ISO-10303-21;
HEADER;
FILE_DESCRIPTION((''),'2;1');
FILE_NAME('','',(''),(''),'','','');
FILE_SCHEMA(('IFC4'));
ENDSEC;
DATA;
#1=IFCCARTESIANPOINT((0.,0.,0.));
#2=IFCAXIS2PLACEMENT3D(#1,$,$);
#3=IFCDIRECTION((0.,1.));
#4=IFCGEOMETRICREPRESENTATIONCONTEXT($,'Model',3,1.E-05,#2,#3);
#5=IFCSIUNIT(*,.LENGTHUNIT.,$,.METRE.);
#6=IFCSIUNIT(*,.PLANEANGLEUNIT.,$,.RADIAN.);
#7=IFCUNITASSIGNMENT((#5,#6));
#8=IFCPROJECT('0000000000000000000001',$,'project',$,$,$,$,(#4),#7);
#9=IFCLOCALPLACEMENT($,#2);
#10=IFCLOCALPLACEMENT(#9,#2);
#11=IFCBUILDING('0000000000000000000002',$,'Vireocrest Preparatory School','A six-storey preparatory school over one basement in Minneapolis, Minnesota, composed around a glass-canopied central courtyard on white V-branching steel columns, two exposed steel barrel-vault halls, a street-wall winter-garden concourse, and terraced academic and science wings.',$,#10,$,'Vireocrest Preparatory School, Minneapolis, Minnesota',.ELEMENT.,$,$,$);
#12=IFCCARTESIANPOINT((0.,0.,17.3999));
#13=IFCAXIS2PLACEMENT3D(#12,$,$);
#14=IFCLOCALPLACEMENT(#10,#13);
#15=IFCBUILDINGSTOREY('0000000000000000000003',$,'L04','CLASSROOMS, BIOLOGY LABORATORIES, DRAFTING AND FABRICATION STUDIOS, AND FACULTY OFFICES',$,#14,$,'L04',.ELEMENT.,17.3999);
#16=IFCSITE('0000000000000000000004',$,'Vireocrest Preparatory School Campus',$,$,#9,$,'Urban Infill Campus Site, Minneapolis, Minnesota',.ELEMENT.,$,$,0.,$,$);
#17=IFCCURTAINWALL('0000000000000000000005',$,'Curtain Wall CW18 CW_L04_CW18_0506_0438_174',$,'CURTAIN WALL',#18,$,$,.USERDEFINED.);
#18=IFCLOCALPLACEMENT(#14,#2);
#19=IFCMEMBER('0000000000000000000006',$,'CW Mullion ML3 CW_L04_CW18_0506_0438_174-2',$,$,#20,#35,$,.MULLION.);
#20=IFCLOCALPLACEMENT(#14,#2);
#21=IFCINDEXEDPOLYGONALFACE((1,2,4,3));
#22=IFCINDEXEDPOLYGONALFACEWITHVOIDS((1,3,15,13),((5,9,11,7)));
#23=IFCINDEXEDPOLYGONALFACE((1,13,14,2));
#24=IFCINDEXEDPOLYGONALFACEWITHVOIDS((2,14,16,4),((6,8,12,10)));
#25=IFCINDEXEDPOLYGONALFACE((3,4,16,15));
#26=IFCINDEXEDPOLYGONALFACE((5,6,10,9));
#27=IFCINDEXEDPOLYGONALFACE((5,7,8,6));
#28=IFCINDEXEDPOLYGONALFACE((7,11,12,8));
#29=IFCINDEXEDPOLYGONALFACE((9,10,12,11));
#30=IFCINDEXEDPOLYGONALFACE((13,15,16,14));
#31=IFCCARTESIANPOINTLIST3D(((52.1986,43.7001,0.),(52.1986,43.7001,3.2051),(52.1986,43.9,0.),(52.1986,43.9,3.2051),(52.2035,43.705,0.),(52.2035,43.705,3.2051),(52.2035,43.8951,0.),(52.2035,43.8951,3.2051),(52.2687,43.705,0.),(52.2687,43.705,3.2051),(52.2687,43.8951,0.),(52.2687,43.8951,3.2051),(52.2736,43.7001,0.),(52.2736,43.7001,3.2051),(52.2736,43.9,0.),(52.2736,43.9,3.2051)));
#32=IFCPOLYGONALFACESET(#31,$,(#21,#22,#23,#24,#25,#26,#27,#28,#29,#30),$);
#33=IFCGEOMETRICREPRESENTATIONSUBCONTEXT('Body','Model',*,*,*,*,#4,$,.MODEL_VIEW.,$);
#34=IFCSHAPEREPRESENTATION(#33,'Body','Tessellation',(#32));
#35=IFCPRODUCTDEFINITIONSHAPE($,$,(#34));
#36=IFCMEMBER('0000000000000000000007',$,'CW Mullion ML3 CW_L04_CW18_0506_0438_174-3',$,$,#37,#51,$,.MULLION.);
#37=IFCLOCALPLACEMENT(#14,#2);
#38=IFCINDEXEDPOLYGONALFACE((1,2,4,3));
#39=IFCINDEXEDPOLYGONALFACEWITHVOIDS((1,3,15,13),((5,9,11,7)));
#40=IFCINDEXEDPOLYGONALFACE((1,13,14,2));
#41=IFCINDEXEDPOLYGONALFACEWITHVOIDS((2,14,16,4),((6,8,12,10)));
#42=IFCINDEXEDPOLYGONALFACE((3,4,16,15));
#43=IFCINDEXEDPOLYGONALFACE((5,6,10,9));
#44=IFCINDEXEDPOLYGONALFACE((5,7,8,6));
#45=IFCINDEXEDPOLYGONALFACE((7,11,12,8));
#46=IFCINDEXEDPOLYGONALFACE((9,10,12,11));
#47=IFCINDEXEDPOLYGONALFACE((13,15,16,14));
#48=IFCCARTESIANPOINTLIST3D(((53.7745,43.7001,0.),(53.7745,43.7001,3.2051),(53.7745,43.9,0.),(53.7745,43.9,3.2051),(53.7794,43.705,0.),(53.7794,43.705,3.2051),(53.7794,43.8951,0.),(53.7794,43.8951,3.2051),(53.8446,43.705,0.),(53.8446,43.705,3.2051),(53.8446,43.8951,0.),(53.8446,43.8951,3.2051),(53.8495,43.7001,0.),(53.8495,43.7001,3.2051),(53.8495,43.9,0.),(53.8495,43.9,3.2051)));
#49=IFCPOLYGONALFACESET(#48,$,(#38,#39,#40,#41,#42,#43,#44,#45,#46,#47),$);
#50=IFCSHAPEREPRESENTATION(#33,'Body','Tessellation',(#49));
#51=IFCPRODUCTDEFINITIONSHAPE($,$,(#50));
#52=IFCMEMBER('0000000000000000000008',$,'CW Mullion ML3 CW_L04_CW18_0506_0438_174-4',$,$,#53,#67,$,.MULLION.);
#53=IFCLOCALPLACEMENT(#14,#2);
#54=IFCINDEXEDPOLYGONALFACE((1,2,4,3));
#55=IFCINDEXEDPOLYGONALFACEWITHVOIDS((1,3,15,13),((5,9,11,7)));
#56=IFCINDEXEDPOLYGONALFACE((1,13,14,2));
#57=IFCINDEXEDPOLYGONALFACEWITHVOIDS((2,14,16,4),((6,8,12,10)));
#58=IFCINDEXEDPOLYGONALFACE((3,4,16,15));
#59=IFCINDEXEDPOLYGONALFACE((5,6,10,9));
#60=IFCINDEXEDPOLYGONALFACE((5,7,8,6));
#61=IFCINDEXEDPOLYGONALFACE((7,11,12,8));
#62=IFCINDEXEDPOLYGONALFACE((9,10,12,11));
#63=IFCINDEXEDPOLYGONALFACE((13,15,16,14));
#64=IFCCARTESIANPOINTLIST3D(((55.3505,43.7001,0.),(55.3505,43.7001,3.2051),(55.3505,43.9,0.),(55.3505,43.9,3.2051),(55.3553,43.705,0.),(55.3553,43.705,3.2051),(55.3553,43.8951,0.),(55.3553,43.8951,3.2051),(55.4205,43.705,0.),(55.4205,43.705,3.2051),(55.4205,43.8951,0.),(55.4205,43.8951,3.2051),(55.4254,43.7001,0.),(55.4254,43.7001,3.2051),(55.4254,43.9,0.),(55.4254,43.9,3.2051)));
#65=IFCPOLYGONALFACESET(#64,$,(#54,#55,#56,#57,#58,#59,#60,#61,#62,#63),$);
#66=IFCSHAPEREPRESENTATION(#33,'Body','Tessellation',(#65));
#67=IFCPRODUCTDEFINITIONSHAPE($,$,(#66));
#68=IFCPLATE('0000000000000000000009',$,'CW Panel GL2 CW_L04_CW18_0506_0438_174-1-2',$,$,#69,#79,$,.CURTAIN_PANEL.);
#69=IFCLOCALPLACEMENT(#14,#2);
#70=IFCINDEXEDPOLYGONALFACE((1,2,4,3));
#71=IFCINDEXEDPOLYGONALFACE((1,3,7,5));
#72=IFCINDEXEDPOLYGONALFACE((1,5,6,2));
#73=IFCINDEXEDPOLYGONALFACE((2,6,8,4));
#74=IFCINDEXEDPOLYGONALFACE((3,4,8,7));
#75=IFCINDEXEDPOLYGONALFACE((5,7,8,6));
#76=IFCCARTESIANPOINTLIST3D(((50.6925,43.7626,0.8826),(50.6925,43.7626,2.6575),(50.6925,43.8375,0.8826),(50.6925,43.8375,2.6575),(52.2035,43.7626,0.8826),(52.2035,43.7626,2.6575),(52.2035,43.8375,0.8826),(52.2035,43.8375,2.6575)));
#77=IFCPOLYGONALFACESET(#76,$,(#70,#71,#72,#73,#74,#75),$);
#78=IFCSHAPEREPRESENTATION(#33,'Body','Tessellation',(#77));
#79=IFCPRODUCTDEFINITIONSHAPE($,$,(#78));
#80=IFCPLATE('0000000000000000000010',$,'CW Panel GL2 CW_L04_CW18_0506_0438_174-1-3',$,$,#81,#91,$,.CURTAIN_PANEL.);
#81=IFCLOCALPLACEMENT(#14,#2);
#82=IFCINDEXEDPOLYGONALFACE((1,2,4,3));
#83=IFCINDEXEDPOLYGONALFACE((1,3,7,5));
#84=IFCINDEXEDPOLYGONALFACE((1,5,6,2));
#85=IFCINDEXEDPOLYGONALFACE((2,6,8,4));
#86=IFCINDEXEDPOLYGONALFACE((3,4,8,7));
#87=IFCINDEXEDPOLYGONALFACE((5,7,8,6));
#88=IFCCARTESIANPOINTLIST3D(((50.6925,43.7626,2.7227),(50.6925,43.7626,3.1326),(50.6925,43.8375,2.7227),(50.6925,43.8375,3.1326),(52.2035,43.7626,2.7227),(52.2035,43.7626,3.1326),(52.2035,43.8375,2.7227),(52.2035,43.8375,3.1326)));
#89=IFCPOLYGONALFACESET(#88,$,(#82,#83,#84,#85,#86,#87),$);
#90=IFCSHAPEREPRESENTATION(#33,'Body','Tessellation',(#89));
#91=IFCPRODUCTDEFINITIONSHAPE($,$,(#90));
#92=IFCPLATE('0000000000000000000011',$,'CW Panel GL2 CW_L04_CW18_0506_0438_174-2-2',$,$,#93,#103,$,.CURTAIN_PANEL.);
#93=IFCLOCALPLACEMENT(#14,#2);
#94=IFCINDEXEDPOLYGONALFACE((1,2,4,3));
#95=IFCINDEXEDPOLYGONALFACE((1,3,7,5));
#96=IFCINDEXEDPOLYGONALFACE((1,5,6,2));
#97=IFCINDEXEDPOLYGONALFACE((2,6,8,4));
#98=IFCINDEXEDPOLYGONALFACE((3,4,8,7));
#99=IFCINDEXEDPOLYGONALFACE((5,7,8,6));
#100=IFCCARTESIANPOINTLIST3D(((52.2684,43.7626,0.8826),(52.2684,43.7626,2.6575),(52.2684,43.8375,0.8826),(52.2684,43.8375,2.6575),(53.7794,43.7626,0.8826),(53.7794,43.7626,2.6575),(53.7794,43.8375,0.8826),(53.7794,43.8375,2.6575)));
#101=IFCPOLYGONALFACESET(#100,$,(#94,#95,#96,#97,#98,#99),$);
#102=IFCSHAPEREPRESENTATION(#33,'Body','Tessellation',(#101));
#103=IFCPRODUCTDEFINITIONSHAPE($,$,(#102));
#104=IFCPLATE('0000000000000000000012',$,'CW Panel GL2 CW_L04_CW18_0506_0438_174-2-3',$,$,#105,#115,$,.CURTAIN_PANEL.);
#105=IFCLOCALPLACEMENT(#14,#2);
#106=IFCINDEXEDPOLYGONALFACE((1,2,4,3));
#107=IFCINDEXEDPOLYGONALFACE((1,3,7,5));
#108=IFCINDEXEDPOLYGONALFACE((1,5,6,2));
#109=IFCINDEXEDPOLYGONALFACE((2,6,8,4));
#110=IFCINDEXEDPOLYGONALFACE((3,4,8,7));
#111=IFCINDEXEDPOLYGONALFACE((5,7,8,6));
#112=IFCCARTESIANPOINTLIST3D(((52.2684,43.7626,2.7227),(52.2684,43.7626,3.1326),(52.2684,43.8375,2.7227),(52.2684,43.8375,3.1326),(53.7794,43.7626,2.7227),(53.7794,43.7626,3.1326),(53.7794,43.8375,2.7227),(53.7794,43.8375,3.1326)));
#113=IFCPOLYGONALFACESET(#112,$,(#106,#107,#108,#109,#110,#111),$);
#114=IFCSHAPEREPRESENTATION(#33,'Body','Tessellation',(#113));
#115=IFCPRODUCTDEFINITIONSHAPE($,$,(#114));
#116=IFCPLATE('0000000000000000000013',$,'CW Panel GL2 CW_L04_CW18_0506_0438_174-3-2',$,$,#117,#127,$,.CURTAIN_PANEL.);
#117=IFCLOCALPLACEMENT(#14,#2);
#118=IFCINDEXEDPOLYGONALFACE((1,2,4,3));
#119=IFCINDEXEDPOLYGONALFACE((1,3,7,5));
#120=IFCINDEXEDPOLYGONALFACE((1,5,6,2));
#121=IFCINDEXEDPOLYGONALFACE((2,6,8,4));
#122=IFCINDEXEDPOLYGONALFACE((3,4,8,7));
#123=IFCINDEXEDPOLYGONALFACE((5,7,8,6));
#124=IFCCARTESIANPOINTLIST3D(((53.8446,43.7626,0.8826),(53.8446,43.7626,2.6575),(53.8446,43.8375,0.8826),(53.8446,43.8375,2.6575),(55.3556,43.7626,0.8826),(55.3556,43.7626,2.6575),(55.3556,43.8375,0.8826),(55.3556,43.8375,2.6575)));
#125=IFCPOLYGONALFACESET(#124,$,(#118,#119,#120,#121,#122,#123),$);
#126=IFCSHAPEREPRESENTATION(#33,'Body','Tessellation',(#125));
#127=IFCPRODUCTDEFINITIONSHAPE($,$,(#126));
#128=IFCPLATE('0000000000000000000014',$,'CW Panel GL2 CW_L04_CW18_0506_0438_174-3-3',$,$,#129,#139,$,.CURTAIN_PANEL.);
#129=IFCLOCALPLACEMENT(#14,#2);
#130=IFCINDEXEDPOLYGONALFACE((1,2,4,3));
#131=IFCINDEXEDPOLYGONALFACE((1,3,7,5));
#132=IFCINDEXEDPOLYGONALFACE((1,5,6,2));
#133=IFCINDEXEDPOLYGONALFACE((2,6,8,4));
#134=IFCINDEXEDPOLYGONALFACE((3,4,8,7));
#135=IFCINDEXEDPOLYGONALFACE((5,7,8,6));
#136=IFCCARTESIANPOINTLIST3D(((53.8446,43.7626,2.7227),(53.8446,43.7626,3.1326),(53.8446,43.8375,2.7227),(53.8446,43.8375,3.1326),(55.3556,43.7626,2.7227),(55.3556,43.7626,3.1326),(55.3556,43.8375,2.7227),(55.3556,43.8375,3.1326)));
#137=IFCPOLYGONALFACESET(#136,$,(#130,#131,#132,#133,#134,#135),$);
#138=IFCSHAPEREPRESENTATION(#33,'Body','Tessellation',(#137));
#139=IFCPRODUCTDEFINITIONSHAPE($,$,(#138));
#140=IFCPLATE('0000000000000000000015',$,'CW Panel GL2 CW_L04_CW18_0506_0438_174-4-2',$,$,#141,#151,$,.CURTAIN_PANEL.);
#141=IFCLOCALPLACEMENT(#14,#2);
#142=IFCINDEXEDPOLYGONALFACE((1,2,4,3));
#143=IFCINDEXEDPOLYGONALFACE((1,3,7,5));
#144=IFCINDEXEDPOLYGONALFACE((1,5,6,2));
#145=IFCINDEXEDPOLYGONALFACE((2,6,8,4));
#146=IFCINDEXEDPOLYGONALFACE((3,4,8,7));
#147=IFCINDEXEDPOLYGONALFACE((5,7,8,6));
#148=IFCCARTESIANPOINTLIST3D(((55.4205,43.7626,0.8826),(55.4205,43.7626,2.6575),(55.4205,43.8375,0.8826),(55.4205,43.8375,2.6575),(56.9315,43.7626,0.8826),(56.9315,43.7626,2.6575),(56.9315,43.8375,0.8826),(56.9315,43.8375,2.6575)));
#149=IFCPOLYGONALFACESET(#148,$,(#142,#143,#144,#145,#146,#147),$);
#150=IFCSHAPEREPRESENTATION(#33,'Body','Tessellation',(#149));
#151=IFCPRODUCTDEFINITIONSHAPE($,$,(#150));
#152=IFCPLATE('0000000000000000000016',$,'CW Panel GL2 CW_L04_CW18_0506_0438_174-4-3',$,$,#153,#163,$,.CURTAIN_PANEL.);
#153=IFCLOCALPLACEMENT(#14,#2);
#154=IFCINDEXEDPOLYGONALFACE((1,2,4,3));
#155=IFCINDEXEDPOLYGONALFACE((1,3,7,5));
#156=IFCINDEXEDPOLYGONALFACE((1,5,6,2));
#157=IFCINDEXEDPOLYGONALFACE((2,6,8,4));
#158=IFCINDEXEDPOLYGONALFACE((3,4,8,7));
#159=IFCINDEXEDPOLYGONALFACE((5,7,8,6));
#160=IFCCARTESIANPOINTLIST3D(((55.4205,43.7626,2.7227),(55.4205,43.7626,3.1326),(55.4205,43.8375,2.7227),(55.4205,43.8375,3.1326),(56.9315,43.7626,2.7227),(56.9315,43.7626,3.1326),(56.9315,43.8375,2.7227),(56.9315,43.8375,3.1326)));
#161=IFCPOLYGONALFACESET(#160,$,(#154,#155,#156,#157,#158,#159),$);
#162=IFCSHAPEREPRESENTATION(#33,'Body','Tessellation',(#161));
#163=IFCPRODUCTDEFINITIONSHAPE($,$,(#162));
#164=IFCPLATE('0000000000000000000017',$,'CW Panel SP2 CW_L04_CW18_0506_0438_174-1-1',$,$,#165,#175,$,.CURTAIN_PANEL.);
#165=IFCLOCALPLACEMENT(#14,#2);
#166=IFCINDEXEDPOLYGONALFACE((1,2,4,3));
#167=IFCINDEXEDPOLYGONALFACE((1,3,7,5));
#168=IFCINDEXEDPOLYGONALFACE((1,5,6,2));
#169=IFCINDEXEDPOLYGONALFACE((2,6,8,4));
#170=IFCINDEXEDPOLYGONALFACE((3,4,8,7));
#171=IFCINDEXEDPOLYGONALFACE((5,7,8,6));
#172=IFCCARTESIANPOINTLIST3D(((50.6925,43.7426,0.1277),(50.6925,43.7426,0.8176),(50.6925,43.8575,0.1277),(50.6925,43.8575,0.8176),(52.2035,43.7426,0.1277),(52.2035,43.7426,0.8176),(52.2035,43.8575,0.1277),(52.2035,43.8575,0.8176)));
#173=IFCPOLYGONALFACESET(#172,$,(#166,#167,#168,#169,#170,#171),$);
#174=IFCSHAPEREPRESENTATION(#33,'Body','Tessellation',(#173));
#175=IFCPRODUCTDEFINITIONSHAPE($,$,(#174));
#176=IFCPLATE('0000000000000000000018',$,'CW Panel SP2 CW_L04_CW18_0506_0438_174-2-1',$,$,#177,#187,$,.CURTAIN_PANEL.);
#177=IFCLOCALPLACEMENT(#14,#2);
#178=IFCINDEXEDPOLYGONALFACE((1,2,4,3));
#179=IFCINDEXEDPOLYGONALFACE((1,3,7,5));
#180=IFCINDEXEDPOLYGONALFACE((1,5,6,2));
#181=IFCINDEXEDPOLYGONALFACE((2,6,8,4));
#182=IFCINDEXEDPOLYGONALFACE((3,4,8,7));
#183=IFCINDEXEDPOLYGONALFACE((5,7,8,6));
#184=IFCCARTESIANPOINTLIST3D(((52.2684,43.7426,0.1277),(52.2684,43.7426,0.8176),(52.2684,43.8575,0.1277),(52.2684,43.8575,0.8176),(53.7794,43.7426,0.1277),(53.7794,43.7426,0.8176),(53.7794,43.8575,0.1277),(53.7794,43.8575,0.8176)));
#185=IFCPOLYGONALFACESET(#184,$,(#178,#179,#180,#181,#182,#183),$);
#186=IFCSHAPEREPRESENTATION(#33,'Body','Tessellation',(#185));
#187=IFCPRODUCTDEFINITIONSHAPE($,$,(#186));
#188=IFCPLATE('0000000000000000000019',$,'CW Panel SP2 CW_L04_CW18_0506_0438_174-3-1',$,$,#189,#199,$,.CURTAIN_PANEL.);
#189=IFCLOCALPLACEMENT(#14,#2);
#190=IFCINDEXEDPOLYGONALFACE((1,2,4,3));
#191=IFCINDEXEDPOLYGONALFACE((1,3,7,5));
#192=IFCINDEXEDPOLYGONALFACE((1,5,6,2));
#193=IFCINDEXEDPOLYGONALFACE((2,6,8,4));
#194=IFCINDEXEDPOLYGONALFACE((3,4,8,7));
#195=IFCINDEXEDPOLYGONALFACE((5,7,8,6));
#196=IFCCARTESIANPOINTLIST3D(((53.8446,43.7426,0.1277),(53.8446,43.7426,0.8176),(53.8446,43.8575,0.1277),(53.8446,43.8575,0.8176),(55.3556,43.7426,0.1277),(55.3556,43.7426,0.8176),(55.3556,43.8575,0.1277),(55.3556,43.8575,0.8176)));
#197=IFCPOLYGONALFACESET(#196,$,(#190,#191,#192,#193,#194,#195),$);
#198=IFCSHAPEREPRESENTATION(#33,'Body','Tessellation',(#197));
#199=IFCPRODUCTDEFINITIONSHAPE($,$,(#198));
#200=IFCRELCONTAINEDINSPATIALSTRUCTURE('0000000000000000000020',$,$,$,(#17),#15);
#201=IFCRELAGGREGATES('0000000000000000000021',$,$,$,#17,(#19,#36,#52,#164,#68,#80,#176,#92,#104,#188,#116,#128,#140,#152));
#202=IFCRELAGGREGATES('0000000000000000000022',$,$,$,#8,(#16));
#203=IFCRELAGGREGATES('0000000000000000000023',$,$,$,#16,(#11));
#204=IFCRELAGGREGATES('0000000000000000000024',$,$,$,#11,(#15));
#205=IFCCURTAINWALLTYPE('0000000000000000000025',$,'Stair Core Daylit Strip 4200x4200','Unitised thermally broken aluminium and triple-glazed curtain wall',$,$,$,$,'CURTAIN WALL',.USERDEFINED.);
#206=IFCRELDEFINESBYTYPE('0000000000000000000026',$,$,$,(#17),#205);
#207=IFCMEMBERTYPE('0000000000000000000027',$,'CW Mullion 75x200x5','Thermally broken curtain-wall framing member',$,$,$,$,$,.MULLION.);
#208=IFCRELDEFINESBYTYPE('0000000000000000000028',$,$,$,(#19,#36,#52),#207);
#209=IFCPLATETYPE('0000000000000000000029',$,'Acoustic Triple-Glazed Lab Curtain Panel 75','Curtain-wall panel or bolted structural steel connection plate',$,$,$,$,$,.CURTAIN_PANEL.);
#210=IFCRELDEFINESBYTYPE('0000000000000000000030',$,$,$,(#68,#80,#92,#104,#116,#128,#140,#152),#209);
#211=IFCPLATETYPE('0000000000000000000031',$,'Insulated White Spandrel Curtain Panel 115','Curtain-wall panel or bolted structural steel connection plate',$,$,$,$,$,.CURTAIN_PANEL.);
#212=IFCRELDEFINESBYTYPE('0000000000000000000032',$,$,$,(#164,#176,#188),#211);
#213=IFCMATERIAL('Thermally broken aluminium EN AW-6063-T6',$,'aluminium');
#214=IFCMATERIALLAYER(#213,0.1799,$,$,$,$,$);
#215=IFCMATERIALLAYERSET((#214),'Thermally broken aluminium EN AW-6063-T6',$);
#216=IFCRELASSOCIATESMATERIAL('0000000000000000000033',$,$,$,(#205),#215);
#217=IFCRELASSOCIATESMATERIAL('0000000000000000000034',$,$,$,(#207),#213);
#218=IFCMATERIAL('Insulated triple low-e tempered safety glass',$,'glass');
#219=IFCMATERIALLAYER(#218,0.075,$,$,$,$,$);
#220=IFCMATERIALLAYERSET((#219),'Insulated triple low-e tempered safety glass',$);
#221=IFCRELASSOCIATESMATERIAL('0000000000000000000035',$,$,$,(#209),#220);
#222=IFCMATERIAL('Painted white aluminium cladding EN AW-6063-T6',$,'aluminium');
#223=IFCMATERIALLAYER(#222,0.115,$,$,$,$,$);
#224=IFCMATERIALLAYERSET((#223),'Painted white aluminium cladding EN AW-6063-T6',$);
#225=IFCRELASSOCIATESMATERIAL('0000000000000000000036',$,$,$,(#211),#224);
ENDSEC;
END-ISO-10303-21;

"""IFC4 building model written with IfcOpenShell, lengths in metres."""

from ifc_helpers import new_model, si_unit, direction, frame, origin, origin_2d, place, context, subcontext, project, spatial, rectangle, hollow_rectangle, extrude, material, layer, layer_set, material_profile, profile_set, type_object, element, aggregate, save


model = new_model("IFC4")

# Units and contexts
model_context = context("Model", 3, precision=1e-05, world=origin(), true_north=direction((0.0, 1.0)))
body_context = subcontext(model_context, "Body", "Model", "MODEL_VIEW")
ifc_project = project(units=[si_unit("LENGTHUNIT", "METRE"), si_unit("PLANEANGLEUNIT", "RADIAN")], contexts=[model_context])

# Site, building, storey
site_placement = place(None, origin())
site = spatial("IfcSite", under=ifc_project, at=site_placement, Name="Vireocrest Preparatory School Campus", LongName="Urban Infill Campus Site, Minneapolis, Minnesota", CompositionType="ELEMENT", RefElevation=0.0)
building_placement = place(site_placement, origin())
building = spatial("IfcBuilding", under=site, at=building_placement, Name="Vireocrest Preparatory School", Description="A six-storey preparatory school over one basement in Minneapolis, Minnesota, composed around a glass-canopied central courtyard on white V-branching steel columns, two exposed steel barrel-vault halls, a street-wall winter-garden concourse, and terraced academic and science wings.", LongName="Vireocrest Preparatory School, Minneapolis, Minnesota", CompositionType="ELEMENT")
storey_placement = place(building_placement, frame((0.0, 0.0, 17.3999)))
storey = spatial("IfcBuildingStorey", under=building, at=storey_placement, Name="L04", Description="CLASSROOMS, BIOLOGY LABORATORIES, DRAFTING AND FABRICATION STUDIOS, AND FACULTY OFFICES", LongName="L04", CompositionType="ELEMENT", Elevation=17.3999)

# Curtain wall, members, plates
ifc_material_1 = material(Name="Thermally broken aluminium EN AW-6063-T6", Category="aluminium")
ifc_layer_1 = layer(ifc_material_1, 0.1799)
ifc_layer_set_1 = layer_set([ifc_layer_1], Name="Thermally broken aluminium EN AW-6063-T6")
curtain_wall_type = type_object("IfcCurtainWallType", Name="Stair Core Daylit Strip 4200x4200", Description="Unitised thermally broken aluminium and triple-glazed curtain wall", ElementType="CURTAIN WALL", PredefinedType="USERDEFINED", material=ifc_layer_set_1)
curtain_wall_placement = place(storey_placement, origin())
curtain_wall = element("IfcCurtainWall", 1, at=curtain_wall_placement, inside=storey, type_object=curtain_wall_type, Name="Curtain Wall CW18 CW_L04_CW18_0506_0438_174", ObjectType="CURTAIN WALL", PredefinedType="USERDEFINED")
ifc_material_profile_1 = material_profile(ifc_material_1, hollow_rectangle(XDim=0.075, YDim=0.2, WallThickness=0.0049, at=origin_2d()), Name="ALU 75x200x5")
ifc_profile_set_1 = profile_set([ifc_material_profile_1], Name="Thermally broken aluminium EN AW-6063-T6")
member_type = type_object("IfcMemberType", Name="CW Mullion 75x200x5", Description="Thermally broken curtain-wall framing member", PredefinedType="MULLION", material=ifc_profile_set_1)
member_1_placement = place(storey_placement, frame((52.2361, 43.8, 0.0), z_axis=(0.0, 0.0, 1.0), x_axis=(1.0, 0.0, 0.0)))
member_1 = element("IfcMember", 2, at=member_1_placement, type_object=member_type, Name="CW Mullion ML3 CW_L04_CW18_0506_0438_174-2", PredefinedType="MULLION", context=body_context, shape_type="SweptSolid", body=[
    extrude(hollow_rectangle(XDim=0.075, YDim=0.2, WallThickness=0.0049, at=origin_2d()), origin(), (0.0, 0.0, 1.0), 3.2051),
])
member_2_placement = place(storey_placement, frame((53.812, 43.8, 0.0), z_axis=(0.0, 0.0, 1.0), x_axis=(1.0, 0.0, 0.0)))
member_2 = element("IfcMember", 3, at=member_2_placement, type_object=member_type, Name="CW Mullion ML3 CW_L04_CW18_0506_0438_174-3", PredefinedType="MULLION", context=body_context, shape_type="SweptSolid", body=[
    extrude(hollow_rectangle(XDim=0.075, YDim=0.2, WallThickness=0.0049, at=origin_2d()), origin(), (0.0, 0.0, 1.0), 3.2051),
])
member_3_placement = place(storey_placement, frame((55.3879, 43.8, 0.0), z_axis=(0.0, 0.0, 1.0), x_axis=(1.0, 0.0, 0.0)))
member_3 = element("IfcMember", 4, at=member_3_placement, type_object=member_type, Name="CW Mullion ML3 CW_L04_CW18_0506_0438_174-4", PredefinedType="MULLION", context=body_context, shape_type="SweptSolid", body=[
    extrude(hollow_rectangle(XDim=0.075, YDim=0.2, WallThickness=0.0049, at=origin_2d()), origin(), (0.0, 0.0, 1.0), 3.2051),
])
ifc_material_2 = material(Name="Insulated triple low-e tempered safety glass", Category="glass")
ifc_layer_2 = layer(ifc_material_2, 0.075)
ifc_layer_set_2 = layer_set([ifc_layer_2], Name="Insulated triple low-e tempered safety glass")
plate_type_1 = type_object("IfcPlateType", Name="Acoustic Triple-Glazed Lab Curtain Panel 75", Description="Curtain-wall panel or bolted structural steel connection plate", PredefinedType="CURTAIN_PANEL", material=ifc_layer_set_2)
plate_1_placement = place(storey_placement, frame((51.448, 43.8, 0.8826), z_axis=(0.0, 0.0, 1.0), x_axis=(1.0, 0.0, 0.0)))
plate_1 = element("IfcPlate", 5, at=plate_1_placement, type_object=plate_type_1, Name="CW Panel GL2 CW_L04_CW18_0506_0438_174-1-2", PredefinedType="CURTAIN_PANEL", context=body_context, shape_type="SweptSolid", body=[
    extrude(rectangle(XDim=1.511, YDim=0.075, at=origin_2d()), origin(), (0.0, 0.0, 1.0), 1.7749),
])
plate_2_placement = place(storey_placement, frame((51.448, 43.8, 2.7227), z_axis=(0.0, 0.0, 1.0), x_axis=(1.0, 0.0, 0.0)))
plate_2 = element("IfcPlate", 6, at=plate_2_placement, type_object=plate_type_1, Name="CW Panel GL2 CW_L04_CW18_0506_0438_174-1-3", PredefinedType="CURTAIN_PANEL", context=body_context, shape_type="SweptSolid", body=[
    extrude(rectangle(XDim=1.511, YDim=0.075, at=origin_2d()), origin(), (0.0, 0.0, 1.0), 0.4099),
])
plate_3_placement = place(storey_placement, frame((53.0239, 43.8, 0.8826), z_axis=(0.0, 0.0, 1.0), x_axis=(1.0, 0.0, 0.0)))
plate_3 = element("IfcPlate", 7, at=plate_3_placement, type_object=plate_type_1, Name="CW Panel GL2 CW_L04_CW18_0506_0438_174-2-2", PredefinedType="CURTAIN_PANEL", context=body_context, shape_type="SweptSolid", body=[
    extrude(rectangle(XDim=1.511, YDim=0.075, at=origin_2d()), origin(), (0.0, 0.0, 1.0), 1.7749),
])
plate_4_placement = place(storey_placement, frame((53.0239, 43.8, 2.7227), z_axis=(0.0, 0.0, 1.0), x_axis=(1.0, 0.0, 0.0)))
plate_4 = element("IfcPlate", 8, at=plate_4_placement, type_object=plate_type_1, Name="CW Panel GL2 CW_L04_CW18_0506_0438_174-2-3", PredefinedType="CURTAIN_PANEL", context=body_context, shape_type="SweptSolid", body=[
    extrude(rectangle(XDim=1.511, YDim=0.075, at=origin_2d()), origin(), (0.0, 0.0, 1.0), 0.4099),
])
plate_5_placement = place(storey_placement, frame((54.6001, 43.8, 0.8826), z_axis=(0.0, 0.0, 1.0), x_axis=(1.0, 0.0, 0.0)))
plate_5 = element("IfcPlate", 9, at=plate_5_placement, type_object=plate_type_1, Name="CW Panel GL2 CW_L04_CW18_0506_0438_174-3-2", PredefinedType="CURTAIN_PANEL", context=body_context, shape_type="SweptSolid", body=[
    extrude(rectangle(XDim=1.511, YDim=0.075, at=origin_2d()), origin(), (0.0, 0.0, 1.0), 1.7749),
])
plate_6_placement = place(storey_placement, frame((54.6001, 43.8, 2.7227), z_axis=(0.0, 0.0, 1.0), x_axis=(1.0, 0.0, 0.0)))
plate_6 = element("IfcPlate", 10, at=plate_6_placement, type_object=plate_type_1, Name="CW Panel GL2 CW_L04_CW18_0506_0438_174-3-3", PredefinedType="CURTAIN_PANEL", context=body_context, shape_type="SweptSolid", body=[
    extrude(rectangle(XDim=1.511, YDim=0.075, at=origin_2d()), origin(), (0.0, 0.0, 1.0), 0.4099),
])
plate_7_placement = place(storey_placement, frame((56.176, 43.8, 0.8826), z_axis=(0.0, 0.0, 1.0), x_axis=(1.0, 0.0, 0.0)))
plate_7 = element("IfcPlate", 11, at=plate_7_placement, type_object=plate_type_1, Name="CW Panel GL2 CW_L04_CW18_0506_0438_174-4-2", PredefinedType="CURTAIN_PANEL", context=body_context, shape_type="SweptSolid", body=[
    extrude(rectangle(XDim=1.511, YDim=0.075, at=origin_2d()), origin(), (0.0, 0.0, 1.0), 1.7749),
])
plate_8_placement = place(storey_placement, frame((56.176, 43.8, 2.7227), z_axis=(0.0, 0.0, 1.0), x_axis=(1.0, 0.0, 0.0)))
plate_8 = element("IfcPlate", 12, at=plate_8_placement, type_object=plate_type_1, Name="CW Panel GL2 CW_L04_CW18_0506_0438_174-4-3", PredefinedType="CURTAIN_PANEL", context=body_context, shape_type="SweptSolid", body=[
    extrude(rectangle(XDim=1.511, YDim=0.075, at=origin_2d()), origin(), (0.0, 0.0, 1.0), 0.4099),
])
ifc_material_3 = material(Name="Painted white aluminium cladding EN AW-6063-T6", Category="aluminium")
ifc_layer_3 = layer(ifc_material_3, 0.115)
ifc_layer_set_3 = layer_set([ifc_layer_3], Name="Painted white aluminium cladding EN AW-6063-T6")
plate_type_2 = type_object("IfcPlateType", Name="Insulated White Spandrel Curtain Panel 115", Description="Curtain-wall panel or bolted structural steel connection plate", PredefinedType="CURTAIN_PANEL", material=ifc_layer_set_3)
plate_9_placement = place(storey_placement, frame((51.448, 43.8, 0.1277), z_axis=(0.0, 0.0, 1.0), x_axis=(1.0, 0.0, 0.0)))
plate_9 = element("IfcPlate", 13, at=plate_9_placement, type_object=plate_type_2, Name="CW Panel SP2 CW_L04_CW18_0506_0438_174-1-1", PredefinedType="CURTAIN_PANEL", context=body_context, shape_type="SweptSolid", body=[
    extrude(rectangle(XDim=1.511, YDim=0.115, at=origin_2d()), origin(), (0.0, 0.0, 1.0), 0.6899),
])
plate_10_placement = place(storey_placement, frame((53.0239, 43.8, 0.1277), z_axis=(0.0, 0.0, 1.0), x_axis=(1.0, 0.0, 0.0)))
plate_10 = element("IfcPlate", 14, at=plate_10_placement, type_object=plate_type_2, Name="CW Panel SP2 CW_L04_CW18_0506_0438_174-2-1", PredefinedType="CURTAIN_PANEL", context=body_context, shape_type="SweptSolid", body=[
    extrude(rectangle(XDim=1.511, YDim=0.115, at=origin_2d()), origin(), (0.0, 0.0, 1.0), 0.6899),
])
plate_11_placement = place(storey_placement, frame((54.6001, 43.8, 0.1277), z_axis=(0.0, 0.0, 1.0), x_axis=(1.0, 0.0, 0.0)))
plate_11 = element("IfcPlate", 15, at=plate_11_placement, type_object=plate_type_2, Name="CW Panel SP2 CW_L04_CW18_0506_0438_174-3-1", PredefinedType="CURTAIN_PANEL", context=body_context, shape_type="SweptSolid", body=[
    extrude(rectangle(XDim=1.511, YDim=0.115, at=origin_2d()), origin(), (0.0, 0.0, 1.0), 0.6899),
])
aggregate(curtain_wall, [member_1, member_2, member_3, plate_9, plate_1, plate_2, plate_10, plate_3, plate_4, plate_11, plate_5, plate_6, plate_7, plate_8])

save(model, "model.ifc")
